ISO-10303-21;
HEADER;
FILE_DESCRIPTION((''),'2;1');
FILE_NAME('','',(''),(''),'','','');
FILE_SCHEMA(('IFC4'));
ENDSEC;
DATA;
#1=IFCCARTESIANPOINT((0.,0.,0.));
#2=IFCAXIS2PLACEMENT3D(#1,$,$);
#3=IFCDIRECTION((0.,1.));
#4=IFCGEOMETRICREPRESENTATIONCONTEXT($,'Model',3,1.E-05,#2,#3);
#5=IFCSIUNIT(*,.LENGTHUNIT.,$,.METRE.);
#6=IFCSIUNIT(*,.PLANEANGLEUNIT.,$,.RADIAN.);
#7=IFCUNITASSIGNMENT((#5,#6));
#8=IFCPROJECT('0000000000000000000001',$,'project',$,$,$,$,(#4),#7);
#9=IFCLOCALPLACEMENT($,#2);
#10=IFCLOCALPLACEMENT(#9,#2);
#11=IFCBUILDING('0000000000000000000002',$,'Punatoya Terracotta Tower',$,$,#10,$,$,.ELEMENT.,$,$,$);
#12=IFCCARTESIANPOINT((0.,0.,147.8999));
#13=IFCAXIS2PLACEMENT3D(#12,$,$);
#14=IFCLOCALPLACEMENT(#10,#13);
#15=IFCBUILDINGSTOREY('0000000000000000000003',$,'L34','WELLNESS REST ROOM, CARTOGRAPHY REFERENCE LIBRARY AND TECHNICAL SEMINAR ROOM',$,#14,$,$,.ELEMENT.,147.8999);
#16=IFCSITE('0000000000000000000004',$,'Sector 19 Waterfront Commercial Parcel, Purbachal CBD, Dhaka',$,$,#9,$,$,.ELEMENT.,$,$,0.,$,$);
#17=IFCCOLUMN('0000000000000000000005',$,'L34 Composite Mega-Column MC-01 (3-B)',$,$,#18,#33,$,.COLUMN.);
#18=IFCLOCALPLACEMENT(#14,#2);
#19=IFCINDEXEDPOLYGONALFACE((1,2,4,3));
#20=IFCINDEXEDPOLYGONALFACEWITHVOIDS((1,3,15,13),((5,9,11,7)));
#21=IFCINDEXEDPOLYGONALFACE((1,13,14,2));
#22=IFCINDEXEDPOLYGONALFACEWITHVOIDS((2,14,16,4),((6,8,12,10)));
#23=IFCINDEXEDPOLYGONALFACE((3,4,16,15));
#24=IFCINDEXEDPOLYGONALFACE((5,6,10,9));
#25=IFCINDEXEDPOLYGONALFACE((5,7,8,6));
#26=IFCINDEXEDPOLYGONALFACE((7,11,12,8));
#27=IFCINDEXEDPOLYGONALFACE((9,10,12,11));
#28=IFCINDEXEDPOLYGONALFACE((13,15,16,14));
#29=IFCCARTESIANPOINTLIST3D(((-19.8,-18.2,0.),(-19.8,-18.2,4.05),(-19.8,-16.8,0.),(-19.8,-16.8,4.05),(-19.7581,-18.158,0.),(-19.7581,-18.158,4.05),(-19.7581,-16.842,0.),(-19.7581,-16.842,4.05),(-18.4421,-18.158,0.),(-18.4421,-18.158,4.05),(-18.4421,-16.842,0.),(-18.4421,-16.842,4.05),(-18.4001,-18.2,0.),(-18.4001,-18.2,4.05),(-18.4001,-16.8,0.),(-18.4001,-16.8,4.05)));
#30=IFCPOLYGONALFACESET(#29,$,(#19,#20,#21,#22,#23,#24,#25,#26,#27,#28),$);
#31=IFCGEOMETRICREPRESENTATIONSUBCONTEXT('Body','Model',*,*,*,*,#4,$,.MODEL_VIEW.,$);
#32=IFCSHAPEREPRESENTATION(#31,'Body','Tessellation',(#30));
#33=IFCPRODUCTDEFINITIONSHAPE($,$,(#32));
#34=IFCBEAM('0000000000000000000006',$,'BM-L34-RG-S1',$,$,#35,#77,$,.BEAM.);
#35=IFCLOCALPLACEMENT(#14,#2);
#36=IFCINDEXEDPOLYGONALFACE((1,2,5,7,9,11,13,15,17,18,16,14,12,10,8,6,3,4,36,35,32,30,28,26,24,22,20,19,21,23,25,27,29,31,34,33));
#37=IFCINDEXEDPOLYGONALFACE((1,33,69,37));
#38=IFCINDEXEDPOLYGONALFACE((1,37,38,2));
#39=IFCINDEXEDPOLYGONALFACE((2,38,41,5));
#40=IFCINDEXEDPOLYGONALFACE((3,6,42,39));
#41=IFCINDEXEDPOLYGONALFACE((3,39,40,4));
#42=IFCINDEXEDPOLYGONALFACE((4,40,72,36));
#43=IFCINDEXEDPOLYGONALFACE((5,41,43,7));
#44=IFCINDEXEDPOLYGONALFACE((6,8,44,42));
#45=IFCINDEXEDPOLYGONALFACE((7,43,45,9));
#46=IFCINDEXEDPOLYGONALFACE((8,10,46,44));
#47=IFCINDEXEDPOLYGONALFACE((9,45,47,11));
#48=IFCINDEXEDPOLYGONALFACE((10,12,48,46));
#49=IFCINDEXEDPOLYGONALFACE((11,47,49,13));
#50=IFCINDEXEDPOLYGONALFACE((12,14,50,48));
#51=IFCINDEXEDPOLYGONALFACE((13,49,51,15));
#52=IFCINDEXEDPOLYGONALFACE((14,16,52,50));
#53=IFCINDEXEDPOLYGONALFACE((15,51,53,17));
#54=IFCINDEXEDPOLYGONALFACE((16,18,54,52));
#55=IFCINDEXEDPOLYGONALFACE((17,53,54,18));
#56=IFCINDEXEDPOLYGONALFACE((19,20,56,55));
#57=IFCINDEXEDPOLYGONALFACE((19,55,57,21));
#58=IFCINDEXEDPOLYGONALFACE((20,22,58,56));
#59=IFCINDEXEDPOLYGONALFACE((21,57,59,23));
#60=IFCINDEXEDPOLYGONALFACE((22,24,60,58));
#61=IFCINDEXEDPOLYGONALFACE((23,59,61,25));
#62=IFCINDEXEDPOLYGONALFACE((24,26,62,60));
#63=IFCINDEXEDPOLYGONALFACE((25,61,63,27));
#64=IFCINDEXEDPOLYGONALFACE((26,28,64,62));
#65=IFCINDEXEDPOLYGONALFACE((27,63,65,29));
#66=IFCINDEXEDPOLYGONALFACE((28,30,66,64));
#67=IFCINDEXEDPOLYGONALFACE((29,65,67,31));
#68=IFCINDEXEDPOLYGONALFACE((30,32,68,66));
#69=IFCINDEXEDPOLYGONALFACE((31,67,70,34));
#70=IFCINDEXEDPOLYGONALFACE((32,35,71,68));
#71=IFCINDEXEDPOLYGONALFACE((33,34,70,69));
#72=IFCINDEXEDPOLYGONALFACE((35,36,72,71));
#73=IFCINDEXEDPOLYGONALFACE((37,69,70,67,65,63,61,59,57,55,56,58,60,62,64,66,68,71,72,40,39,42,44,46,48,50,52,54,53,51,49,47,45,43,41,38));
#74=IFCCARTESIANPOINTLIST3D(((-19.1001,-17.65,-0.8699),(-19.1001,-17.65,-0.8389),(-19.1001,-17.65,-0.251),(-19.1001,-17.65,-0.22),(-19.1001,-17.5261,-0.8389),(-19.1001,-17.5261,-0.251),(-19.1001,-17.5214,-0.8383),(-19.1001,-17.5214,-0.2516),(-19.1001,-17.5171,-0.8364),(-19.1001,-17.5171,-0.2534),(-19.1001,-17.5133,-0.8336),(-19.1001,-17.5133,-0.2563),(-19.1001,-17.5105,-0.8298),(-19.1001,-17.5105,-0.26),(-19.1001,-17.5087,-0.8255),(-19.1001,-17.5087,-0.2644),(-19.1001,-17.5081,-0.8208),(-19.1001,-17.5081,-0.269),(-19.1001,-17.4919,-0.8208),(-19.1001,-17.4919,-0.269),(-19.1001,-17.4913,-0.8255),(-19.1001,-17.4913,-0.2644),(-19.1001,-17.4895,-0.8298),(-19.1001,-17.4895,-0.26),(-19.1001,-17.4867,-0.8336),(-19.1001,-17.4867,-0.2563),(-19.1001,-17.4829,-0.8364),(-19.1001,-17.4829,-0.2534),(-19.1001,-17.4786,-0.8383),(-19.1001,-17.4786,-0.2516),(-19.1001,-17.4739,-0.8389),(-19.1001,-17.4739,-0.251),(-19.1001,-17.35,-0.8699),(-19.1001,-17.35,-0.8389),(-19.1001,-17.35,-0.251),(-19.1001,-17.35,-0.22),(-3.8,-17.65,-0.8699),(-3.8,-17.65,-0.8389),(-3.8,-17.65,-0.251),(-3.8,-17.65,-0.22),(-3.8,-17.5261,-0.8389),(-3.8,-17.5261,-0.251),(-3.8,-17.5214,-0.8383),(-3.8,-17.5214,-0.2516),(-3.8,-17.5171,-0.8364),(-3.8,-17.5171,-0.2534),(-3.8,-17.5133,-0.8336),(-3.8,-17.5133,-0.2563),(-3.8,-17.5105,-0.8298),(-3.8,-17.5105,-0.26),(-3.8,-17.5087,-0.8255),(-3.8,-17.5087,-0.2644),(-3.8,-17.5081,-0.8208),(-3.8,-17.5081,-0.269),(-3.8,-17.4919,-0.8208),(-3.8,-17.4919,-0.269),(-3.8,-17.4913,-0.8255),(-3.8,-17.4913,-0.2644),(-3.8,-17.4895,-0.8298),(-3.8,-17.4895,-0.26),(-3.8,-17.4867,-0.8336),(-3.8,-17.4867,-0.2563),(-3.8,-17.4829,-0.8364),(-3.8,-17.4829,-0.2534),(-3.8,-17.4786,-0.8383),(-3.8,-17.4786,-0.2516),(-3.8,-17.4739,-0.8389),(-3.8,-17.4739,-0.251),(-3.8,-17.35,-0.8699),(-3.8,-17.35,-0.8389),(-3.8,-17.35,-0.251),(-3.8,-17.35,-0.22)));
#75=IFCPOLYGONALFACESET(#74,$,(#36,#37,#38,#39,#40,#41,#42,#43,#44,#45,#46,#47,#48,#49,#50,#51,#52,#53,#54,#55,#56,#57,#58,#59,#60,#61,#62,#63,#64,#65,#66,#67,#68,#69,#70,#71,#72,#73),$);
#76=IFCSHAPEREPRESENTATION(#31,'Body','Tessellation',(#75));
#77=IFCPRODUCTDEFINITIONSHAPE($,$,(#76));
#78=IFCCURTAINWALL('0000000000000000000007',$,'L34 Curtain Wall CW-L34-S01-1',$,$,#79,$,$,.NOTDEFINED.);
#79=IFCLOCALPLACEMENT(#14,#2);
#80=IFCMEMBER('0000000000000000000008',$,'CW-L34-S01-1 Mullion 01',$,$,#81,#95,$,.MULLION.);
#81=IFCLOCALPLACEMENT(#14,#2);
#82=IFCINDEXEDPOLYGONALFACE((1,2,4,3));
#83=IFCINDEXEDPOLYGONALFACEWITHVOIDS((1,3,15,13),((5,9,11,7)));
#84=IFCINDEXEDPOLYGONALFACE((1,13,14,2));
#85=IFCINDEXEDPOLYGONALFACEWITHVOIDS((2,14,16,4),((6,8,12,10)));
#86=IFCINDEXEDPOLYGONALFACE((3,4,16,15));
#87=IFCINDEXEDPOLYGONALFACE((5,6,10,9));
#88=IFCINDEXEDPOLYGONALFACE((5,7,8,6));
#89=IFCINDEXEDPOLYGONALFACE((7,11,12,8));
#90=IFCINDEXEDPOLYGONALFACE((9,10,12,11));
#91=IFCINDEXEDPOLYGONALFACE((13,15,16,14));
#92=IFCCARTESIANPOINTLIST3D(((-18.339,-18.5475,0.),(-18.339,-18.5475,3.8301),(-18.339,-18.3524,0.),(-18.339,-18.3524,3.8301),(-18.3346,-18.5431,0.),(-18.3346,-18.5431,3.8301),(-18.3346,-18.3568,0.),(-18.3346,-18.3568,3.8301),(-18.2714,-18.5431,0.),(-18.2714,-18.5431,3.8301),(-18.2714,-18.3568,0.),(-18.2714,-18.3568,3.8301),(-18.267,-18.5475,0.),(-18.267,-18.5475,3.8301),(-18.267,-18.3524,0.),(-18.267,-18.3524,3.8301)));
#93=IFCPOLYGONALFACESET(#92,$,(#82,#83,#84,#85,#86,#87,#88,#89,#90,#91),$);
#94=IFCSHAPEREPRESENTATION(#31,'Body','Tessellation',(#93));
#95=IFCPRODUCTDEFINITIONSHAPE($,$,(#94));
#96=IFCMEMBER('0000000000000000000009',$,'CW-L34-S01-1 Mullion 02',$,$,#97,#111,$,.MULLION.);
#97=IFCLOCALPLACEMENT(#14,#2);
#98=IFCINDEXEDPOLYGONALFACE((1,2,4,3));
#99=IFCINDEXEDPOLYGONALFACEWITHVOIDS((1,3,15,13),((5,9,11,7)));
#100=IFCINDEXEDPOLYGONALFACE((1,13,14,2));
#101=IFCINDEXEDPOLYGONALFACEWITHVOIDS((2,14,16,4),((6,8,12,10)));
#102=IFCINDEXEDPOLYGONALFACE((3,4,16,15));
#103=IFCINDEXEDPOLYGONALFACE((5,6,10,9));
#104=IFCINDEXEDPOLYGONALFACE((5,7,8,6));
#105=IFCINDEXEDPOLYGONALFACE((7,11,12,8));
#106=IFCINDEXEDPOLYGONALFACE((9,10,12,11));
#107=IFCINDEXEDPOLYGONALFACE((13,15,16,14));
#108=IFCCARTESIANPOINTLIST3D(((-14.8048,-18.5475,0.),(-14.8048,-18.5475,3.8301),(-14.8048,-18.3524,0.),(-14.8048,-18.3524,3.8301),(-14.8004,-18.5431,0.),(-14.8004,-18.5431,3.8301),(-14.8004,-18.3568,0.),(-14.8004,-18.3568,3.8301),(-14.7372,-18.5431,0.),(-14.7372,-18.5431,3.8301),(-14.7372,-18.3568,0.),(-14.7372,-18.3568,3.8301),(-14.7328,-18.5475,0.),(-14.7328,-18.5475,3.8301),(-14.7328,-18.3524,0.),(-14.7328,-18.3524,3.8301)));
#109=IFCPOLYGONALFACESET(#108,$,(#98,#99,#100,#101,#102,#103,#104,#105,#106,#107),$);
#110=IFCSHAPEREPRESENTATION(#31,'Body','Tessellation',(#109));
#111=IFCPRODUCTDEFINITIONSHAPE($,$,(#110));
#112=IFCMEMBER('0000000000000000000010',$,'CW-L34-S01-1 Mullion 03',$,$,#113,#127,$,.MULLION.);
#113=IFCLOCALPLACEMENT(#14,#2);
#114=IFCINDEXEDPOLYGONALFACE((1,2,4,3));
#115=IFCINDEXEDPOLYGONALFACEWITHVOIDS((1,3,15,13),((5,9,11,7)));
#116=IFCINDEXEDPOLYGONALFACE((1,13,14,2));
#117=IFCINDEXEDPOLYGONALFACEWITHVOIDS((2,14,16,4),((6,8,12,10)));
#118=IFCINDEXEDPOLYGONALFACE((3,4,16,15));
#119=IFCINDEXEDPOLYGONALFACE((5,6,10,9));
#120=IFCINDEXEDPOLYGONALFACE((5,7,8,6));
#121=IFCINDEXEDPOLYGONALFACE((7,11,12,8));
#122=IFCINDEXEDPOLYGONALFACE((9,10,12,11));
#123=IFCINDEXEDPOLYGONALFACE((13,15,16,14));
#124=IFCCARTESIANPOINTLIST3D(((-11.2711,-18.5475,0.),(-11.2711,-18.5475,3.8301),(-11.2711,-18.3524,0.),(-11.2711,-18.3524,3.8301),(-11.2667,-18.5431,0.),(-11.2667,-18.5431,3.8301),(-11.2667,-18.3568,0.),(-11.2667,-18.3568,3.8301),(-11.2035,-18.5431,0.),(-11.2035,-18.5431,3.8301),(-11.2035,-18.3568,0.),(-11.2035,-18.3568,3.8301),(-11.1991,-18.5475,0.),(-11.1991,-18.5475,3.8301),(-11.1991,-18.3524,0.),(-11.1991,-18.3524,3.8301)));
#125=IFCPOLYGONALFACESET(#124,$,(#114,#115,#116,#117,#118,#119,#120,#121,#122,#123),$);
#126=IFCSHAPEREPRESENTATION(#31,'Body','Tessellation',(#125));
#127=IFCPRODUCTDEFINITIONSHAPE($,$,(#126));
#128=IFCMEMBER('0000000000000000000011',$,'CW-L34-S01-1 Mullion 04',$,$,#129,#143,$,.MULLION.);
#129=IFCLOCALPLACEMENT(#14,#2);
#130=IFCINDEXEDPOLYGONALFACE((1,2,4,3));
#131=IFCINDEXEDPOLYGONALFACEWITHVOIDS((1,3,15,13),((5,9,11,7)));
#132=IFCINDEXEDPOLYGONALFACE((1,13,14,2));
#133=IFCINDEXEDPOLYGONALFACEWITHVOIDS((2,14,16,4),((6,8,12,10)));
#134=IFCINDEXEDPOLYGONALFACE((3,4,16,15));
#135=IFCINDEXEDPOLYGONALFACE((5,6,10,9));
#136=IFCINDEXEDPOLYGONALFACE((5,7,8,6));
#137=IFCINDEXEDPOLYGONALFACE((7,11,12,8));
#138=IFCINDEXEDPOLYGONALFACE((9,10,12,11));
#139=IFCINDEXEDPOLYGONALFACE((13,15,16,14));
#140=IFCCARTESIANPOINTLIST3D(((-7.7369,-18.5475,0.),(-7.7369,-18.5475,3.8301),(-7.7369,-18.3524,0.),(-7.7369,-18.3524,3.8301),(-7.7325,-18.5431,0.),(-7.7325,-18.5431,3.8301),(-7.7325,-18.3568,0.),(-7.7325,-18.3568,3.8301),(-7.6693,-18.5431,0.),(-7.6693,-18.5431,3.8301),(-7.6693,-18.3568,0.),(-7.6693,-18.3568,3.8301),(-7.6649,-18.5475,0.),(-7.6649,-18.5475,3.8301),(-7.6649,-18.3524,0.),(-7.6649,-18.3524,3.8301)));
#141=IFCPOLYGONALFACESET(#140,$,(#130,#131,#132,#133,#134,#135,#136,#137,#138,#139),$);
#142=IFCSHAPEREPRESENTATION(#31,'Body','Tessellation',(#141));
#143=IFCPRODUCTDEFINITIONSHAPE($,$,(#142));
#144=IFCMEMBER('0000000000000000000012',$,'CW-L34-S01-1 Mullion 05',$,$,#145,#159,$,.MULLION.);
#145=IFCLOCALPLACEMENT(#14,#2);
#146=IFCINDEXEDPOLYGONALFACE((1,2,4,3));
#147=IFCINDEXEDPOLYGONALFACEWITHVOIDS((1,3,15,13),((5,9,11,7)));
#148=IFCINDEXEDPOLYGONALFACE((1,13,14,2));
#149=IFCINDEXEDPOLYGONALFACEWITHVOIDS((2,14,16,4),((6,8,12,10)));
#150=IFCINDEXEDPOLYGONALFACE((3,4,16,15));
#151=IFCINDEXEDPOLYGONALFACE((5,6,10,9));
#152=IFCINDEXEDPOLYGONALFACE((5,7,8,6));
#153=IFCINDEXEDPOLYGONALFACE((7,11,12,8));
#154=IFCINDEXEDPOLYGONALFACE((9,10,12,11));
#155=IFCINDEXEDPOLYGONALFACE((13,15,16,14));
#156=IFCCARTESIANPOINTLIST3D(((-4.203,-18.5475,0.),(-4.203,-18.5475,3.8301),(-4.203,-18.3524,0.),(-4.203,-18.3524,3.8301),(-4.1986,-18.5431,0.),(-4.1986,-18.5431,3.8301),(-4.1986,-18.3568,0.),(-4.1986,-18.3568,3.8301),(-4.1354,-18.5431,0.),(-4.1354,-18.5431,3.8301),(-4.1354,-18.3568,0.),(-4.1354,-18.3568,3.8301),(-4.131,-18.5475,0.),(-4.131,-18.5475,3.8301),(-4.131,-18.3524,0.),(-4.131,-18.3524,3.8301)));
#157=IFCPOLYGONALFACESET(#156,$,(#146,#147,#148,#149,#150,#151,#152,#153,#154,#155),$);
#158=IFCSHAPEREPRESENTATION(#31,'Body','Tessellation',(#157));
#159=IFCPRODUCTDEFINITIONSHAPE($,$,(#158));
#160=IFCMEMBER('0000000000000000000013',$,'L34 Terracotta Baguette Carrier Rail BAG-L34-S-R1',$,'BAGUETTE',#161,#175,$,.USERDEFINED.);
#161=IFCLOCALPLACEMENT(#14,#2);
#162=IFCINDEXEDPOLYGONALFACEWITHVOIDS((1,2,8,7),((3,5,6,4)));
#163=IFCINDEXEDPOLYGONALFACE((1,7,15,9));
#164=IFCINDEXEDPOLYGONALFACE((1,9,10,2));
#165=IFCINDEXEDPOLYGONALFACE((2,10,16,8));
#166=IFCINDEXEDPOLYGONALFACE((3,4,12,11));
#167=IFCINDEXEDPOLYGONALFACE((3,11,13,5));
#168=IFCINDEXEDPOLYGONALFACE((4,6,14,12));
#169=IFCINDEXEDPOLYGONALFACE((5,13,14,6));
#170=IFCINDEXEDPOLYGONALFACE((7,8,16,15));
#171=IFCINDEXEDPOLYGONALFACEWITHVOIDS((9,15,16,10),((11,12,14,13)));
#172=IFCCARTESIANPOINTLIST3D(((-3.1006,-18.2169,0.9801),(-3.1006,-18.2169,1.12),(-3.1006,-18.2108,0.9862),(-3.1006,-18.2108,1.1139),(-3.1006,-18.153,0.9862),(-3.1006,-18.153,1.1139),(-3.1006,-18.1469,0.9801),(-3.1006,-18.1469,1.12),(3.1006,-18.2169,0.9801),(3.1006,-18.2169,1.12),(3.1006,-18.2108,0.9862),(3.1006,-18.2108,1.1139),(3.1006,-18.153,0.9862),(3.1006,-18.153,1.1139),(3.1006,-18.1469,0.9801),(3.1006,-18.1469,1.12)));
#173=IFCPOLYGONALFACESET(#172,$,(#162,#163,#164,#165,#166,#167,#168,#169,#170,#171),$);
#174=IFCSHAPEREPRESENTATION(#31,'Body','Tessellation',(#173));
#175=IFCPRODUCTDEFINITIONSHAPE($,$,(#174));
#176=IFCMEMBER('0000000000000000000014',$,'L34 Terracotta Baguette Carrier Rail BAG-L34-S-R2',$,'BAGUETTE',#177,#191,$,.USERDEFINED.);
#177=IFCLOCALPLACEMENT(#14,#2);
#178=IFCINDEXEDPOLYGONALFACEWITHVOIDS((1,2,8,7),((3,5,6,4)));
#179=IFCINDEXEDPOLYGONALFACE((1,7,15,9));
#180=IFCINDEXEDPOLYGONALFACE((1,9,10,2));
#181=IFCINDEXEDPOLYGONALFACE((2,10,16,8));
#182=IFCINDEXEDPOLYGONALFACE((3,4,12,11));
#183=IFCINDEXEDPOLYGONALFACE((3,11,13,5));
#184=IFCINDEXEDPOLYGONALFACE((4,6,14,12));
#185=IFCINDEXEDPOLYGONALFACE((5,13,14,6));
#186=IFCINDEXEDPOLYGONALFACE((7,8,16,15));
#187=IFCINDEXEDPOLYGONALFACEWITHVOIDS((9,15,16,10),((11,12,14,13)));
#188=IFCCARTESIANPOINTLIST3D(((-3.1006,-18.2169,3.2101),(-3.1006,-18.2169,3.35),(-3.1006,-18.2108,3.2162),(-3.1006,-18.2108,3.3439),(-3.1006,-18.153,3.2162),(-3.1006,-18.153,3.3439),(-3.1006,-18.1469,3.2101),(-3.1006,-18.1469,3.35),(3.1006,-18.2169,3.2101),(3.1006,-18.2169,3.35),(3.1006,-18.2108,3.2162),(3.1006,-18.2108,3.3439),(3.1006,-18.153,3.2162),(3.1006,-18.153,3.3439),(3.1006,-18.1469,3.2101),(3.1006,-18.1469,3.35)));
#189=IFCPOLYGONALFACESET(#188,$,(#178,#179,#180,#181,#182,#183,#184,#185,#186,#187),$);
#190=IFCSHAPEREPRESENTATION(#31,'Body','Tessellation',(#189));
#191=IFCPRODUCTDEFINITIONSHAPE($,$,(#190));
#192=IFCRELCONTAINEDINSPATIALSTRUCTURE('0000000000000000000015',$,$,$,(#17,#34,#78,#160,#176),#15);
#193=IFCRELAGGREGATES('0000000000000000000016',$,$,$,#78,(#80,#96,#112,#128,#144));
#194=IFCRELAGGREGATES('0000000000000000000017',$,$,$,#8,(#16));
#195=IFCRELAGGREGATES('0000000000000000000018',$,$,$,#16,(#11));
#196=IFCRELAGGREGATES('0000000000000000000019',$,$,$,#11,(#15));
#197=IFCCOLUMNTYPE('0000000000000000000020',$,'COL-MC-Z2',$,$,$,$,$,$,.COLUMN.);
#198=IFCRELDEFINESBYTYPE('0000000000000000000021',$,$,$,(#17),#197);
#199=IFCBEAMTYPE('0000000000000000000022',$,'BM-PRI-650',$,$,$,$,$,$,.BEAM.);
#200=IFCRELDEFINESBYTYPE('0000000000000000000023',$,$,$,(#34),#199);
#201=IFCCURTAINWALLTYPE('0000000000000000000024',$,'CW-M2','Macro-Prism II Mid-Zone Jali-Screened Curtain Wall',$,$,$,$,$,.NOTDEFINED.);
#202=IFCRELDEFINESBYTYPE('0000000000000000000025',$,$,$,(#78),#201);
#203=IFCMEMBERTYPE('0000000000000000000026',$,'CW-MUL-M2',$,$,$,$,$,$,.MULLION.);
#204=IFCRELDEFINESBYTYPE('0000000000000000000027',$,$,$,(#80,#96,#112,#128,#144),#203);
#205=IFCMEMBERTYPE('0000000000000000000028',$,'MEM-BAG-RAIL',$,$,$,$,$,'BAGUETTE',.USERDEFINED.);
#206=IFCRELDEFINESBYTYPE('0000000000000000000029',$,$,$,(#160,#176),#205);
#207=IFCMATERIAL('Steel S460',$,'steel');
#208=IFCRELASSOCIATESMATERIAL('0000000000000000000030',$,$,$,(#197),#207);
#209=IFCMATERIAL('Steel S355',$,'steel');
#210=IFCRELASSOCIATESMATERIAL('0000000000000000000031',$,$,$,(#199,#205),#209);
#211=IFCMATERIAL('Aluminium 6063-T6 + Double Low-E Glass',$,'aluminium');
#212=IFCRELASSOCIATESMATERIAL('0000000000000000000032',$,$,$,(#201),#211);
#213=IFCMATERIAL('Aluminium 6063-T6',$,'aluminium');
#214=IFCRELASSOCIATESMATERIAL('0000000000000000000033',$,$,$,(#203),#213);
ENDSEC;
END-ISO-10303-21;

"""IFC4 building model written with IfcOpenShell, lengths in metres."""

from ifc_helpers import new_model, si_unit, direction, frame, origin, origin_2d, place, context, subcontext, project, spatial, hollow_rectangle, i_section, extrude, material, material_profile, profile_set, type_object, element, aggregate, save


model = new_model("IFC4")

# Units and contexts
model_context = context("Model", 3, precision=1e-05, world=origin(), true_north=direction((0.0, 1.0)))
body_context = subcontext(model_context, "Body", "Model", "MODEL_VIEW")
ifc_project = project(units=[si_unit("LENGTHUNIT", "METRE"), si_unit("PLANEANGLEUNIT", "RADIAN")], contexts=[model_context])

# Site, building, storey
site_placement = place(None, origin())
site = spatial("IfcSite", under=ifc_project, at=site_placement, Name="Sector 19 Waterfront Commercial Parcel, Purbachal CBD, Dhaka", CompositionType="ELEMENT", RefElevation=0.0)
building_placement = place(site_placement, origin())
building = spatial("IfcBuilding", under=site, at=building_placement, Name="Punatoya Terracotta Tower", CompositionType="ELEMENT")
storey_placement = place(building_placement, frame((0.0, 0.0, 147.8999)))
storey = spatial("IfcBuildingStorey", under=building, at=storey_placement, Name="L34", Description="WELLNESS REST ROOM, CARTOGRAPHY REFERENCE LIBRARY AND TECHNICAL SEMINAR ROOM", CompositionType="ELEMENT", Elevation=147.8999)

# Column
ifc_material_1 = material(Name="Steel S460", Category="steel")
ifc_material_profile_1 = material_profile(ifc_material_1, hollow_rectangle(XDim=1.3999, YDim=1.3999, WallThickness=0.042, at=origin_2d()))
ifc_profile_set_1 = profile_set([ifc_material_profile_1], Name="Steel S460")
column_type = type_object("IfcColumnType", Name="COL-MC-Z2", PredefinedType="COLUMN", material=ifc_profile_set_1)
column_placement = place(storey_placement, frame((-19.1001, -17.5, 0.0), z_axis=(0.0, 0.0, 1.0), x_axis=(1.0, 0.0, 0.0)))
element("IfcColumn", 1, at=column_placement, inside=storey, type_object=column_type, Name="L34 Composite Mega-Column MC-01 (3-B)", PredefinedType="COLUMN", context=body_context, shape_type="SweptSolid", body=[
    extrude(hollow_rectangle(XDim=1.3999, YDim=1.3999, WallThickness=0.042, at=origin_2d()), origin(), (0.0, 0.0, 1.0), 4.05),
])

# Beam
ifc_material_2 = material(Name="Steel S355", Category="steel")
ifc_material_profile_2 = material_profile(ifc_material_2, i_section(OverallWidth=0.3, OverallDepth=0.6499, WebThickness=0.0161, FlangeThickness=0.031, FilletRadius=0.0181, at=origin_2d()))
ifc_profile_set_2 = profile_set([ifc_material_profile_2], Name="Steel S355")
beam_type = type_object("IfcBeamType", Name="BM-PRI-650", PredefinedType="BEAM", material=ifc_profile_set_2)
beam_placement = place(storey_placement, frame((-19.1001, -17.5, -0.5449), z_axis=(1.0, 0.0, 0.0), x_axis=(0.0, 1.0, 0.0)))
element("IfcBeam", 2, at=beam_placement, inside=storey, type_object=beam_type, Name="BM-L34-RG-S1", PredefinedType="BEAM", context=body_context, shape_type="SweptSolid", body=[
    extrude(i_section(OverallWidth=0.3, OverallDepth=0.6499, WebThickness=0.0161, FlangeThickness=0.031, FilletRadius=0.0181, at=origin_2d()), origin(), (0.0, 0.0, 1.0), 15.3),
])

# Curtain wall, members
ifc_material_3 = material(Name="Aluminium 6063-T6 + Double Low-E Glass", Category="aluminium")
curtain_wall_type = type_object("IfcCurtainWallType", Name="CW-M2", Description="Macro-Prism II Mid-Zone Jali-Screened Curtain Wall", PredefinedType="NOTDEFINED", material=ifc_material_3)
curtain_wall_placement = place(storey_placement, origin())
curtain_wall = element("IfcCurtainWall", 3, at=curtain_wall_placement, inside=storey, type_object=curtain_wall_type, Name="L34 Curtain Wall CW-L34-S01-1", PredefinedType="NOTDEFINED")
ifc_material_4 = material(Name="Aluminium 6063-T6", Category="aluminium")
ifc_material_profile_3 = material_profile(ifc_material_4, hollow_rectangle(XDim=0.072, YDim=0.1951, WallThickness=0.0044, at=origin_2d()))
ifc_profile_set_3 = profile_set([ifc_material_profile_3], Name="Aluminium 6063-T6")
member_type_1 = type_object("IfcMemberType", Name="CW-MUL-M2", PredefinedType="MULLION", material=ifc_profile_set_3)
member_1_placement = place(storey_placement, frame((-18.303, -18.45, 0.0), z_axis=(0.0, 0.0, 1.0), x_axis=(1.0, 0.0, 0.0)))
member_1 = element("IfcMember", 4, at=member_1_placement, type_object=member_type_1, Name="CW-L34-S01-1 Mullion 01", PredefinedType="MULLION", context=body_context, shape_type="SweptSolid", body=[
    extrude(hollow_rectangle(XDim=0.072, YDim=0.1951, WallThickness=0.0044, at=origin_2d()), origin(), (0.0, 0.0, 1.0), 3.8301),
])
member_2_placement = place(storey_placement, frame((-14.7688, -18.45, 0.0), z_axis=(0.0, 0.0, 1.0), x_axis=(1.0, 0.0, 0.0)))
member_2 = element("IfcMember", 5, at=member_2_placement, type_object=member_type_1, Name="CW-L34-S01-1 Mullion 02", PredefinedType="MULLION", context=body_context, shape_type="SweptSolid", body=[
    extrude(hollow_rectangle(XDim=0.072, YDim=0.1951, WallThickness=0.0044, at=origin_2d()), origin(), (0.0, 0.0, 1.0), 3.8301),
])
member_3_placement = place(storey_placement, frame((-11.2351, -18.45, 0.0), z_axis=(0.0, 0.0, 1.0), x_axis=(1.0, 0.0, 0.0)))
member_3 = element("IfcMember", 6, at=member_3_placement, type_object=member_type_1, Name="CW-L34-S01-1 Mullion 03", PredefinedType="MULLION", context=body_context, shape_type="SweptSolid", body=[
    extrude(hollow_rectangle(XDim=0.072, YDim=0.1951, WallThickness=0.0044, at=origin_2d()), origin(), (0.0, 0.0, 1.0), 3.8301),
])
member_4_placement = place(storey_placement, frame((-7.7009, -18.45, 0.0), z_axis=(0.0, 0.0, 1.0), x_axis=(1.0, 0.0, 0.0)))
member_4 = element("IfcMember", 7, at=member_4_placement, type_object=member_type_1, Name="CW-L34-S01-1 Mullion 04", PredefinedType="MULLION", context=body_context, shape_type="SweptSolid", body=[
    extrude(hollow_rectangle(XDim=0.072, YDim=0.1951, WallThickness=0.0044, at=origin_2d()), origin(), (0.0, 0.0, 1.0), 3.8301),
])
member_5_placement = place(storey_placement, frame((-4.167, -18.45, 0.0), z_axis=(0.0, 0.0, 1.0), x_axis=(1.0, 0.0, 0.0)))
member_5 = element("IfcMember", 8, at=member_5_placement, type_object=member_type_1, Name="CW-L34-S01-1 Mullion 05", PredefinedType="MULLION", context=body_context, shape_type="SweptSolid", body=[
    extrude(hollow_rectangle(XDim=0.072, YDim=0.1951, WallThickness=0.0044, at=origin_2d()), origin(), (0.0, 0.0, 1.0), 3.8301),
])

# Members
ifc_material_profile_4 = material_profile(ifc_material_2, hollow_rectangle(XDim=0.0701, YDim=0.1399, WallThickness=0.0061, at=origin_2d()))
ifc_profile_set_4 = profile_set([ifc_material_profile_4], Name="Steel S355")
member_type_2 = type_object("IfcMemberType", Name="MEM-BAG-RAIL", ElementType="BAGUETTE", PredefinedType="USERDEFINED", material=ifc_profile_set_4)
for number, where, z_axis, x_axis, name in (
    (9, (-3.1006, -18.1819, 1.05), (1.0, 0.0, 0.0), (0.0, 1.0, 0.0), "L34 Terracotta Baguette Carrier Rail BAG-L34-S-R1"),
    (10, (-3.1006, -18.1819, 3.28), (1.0, 0.0, 0.0), (0.0, 1.0, 0.0), "L34 Terracotta Baguette Carrier Rail BAG-L34-S-R2"),
):
    element("IfcMember", number, at=place(storey_placement, frame(where, z_axis=z_axis, x_axis=x_axis)), inside=storey, type_object=member_type_2, Name=name, ObjectType="BAGUETTE", PredefinedType="USERDEFINED", context=body_context, shape_type="SweptSolid", body=[
        extrude(hollow_rectangle(XDim=0.0701, YDim=0.1399, WallThickness=0.0061, at=origin_2d()), origin(), (0.0, 0.0, 1.0), 6.2012),
    ])

aggregate(curtain_wall, [member_1, member_2, member_3, member_4, member_5])

save(model, "model.ifc")
